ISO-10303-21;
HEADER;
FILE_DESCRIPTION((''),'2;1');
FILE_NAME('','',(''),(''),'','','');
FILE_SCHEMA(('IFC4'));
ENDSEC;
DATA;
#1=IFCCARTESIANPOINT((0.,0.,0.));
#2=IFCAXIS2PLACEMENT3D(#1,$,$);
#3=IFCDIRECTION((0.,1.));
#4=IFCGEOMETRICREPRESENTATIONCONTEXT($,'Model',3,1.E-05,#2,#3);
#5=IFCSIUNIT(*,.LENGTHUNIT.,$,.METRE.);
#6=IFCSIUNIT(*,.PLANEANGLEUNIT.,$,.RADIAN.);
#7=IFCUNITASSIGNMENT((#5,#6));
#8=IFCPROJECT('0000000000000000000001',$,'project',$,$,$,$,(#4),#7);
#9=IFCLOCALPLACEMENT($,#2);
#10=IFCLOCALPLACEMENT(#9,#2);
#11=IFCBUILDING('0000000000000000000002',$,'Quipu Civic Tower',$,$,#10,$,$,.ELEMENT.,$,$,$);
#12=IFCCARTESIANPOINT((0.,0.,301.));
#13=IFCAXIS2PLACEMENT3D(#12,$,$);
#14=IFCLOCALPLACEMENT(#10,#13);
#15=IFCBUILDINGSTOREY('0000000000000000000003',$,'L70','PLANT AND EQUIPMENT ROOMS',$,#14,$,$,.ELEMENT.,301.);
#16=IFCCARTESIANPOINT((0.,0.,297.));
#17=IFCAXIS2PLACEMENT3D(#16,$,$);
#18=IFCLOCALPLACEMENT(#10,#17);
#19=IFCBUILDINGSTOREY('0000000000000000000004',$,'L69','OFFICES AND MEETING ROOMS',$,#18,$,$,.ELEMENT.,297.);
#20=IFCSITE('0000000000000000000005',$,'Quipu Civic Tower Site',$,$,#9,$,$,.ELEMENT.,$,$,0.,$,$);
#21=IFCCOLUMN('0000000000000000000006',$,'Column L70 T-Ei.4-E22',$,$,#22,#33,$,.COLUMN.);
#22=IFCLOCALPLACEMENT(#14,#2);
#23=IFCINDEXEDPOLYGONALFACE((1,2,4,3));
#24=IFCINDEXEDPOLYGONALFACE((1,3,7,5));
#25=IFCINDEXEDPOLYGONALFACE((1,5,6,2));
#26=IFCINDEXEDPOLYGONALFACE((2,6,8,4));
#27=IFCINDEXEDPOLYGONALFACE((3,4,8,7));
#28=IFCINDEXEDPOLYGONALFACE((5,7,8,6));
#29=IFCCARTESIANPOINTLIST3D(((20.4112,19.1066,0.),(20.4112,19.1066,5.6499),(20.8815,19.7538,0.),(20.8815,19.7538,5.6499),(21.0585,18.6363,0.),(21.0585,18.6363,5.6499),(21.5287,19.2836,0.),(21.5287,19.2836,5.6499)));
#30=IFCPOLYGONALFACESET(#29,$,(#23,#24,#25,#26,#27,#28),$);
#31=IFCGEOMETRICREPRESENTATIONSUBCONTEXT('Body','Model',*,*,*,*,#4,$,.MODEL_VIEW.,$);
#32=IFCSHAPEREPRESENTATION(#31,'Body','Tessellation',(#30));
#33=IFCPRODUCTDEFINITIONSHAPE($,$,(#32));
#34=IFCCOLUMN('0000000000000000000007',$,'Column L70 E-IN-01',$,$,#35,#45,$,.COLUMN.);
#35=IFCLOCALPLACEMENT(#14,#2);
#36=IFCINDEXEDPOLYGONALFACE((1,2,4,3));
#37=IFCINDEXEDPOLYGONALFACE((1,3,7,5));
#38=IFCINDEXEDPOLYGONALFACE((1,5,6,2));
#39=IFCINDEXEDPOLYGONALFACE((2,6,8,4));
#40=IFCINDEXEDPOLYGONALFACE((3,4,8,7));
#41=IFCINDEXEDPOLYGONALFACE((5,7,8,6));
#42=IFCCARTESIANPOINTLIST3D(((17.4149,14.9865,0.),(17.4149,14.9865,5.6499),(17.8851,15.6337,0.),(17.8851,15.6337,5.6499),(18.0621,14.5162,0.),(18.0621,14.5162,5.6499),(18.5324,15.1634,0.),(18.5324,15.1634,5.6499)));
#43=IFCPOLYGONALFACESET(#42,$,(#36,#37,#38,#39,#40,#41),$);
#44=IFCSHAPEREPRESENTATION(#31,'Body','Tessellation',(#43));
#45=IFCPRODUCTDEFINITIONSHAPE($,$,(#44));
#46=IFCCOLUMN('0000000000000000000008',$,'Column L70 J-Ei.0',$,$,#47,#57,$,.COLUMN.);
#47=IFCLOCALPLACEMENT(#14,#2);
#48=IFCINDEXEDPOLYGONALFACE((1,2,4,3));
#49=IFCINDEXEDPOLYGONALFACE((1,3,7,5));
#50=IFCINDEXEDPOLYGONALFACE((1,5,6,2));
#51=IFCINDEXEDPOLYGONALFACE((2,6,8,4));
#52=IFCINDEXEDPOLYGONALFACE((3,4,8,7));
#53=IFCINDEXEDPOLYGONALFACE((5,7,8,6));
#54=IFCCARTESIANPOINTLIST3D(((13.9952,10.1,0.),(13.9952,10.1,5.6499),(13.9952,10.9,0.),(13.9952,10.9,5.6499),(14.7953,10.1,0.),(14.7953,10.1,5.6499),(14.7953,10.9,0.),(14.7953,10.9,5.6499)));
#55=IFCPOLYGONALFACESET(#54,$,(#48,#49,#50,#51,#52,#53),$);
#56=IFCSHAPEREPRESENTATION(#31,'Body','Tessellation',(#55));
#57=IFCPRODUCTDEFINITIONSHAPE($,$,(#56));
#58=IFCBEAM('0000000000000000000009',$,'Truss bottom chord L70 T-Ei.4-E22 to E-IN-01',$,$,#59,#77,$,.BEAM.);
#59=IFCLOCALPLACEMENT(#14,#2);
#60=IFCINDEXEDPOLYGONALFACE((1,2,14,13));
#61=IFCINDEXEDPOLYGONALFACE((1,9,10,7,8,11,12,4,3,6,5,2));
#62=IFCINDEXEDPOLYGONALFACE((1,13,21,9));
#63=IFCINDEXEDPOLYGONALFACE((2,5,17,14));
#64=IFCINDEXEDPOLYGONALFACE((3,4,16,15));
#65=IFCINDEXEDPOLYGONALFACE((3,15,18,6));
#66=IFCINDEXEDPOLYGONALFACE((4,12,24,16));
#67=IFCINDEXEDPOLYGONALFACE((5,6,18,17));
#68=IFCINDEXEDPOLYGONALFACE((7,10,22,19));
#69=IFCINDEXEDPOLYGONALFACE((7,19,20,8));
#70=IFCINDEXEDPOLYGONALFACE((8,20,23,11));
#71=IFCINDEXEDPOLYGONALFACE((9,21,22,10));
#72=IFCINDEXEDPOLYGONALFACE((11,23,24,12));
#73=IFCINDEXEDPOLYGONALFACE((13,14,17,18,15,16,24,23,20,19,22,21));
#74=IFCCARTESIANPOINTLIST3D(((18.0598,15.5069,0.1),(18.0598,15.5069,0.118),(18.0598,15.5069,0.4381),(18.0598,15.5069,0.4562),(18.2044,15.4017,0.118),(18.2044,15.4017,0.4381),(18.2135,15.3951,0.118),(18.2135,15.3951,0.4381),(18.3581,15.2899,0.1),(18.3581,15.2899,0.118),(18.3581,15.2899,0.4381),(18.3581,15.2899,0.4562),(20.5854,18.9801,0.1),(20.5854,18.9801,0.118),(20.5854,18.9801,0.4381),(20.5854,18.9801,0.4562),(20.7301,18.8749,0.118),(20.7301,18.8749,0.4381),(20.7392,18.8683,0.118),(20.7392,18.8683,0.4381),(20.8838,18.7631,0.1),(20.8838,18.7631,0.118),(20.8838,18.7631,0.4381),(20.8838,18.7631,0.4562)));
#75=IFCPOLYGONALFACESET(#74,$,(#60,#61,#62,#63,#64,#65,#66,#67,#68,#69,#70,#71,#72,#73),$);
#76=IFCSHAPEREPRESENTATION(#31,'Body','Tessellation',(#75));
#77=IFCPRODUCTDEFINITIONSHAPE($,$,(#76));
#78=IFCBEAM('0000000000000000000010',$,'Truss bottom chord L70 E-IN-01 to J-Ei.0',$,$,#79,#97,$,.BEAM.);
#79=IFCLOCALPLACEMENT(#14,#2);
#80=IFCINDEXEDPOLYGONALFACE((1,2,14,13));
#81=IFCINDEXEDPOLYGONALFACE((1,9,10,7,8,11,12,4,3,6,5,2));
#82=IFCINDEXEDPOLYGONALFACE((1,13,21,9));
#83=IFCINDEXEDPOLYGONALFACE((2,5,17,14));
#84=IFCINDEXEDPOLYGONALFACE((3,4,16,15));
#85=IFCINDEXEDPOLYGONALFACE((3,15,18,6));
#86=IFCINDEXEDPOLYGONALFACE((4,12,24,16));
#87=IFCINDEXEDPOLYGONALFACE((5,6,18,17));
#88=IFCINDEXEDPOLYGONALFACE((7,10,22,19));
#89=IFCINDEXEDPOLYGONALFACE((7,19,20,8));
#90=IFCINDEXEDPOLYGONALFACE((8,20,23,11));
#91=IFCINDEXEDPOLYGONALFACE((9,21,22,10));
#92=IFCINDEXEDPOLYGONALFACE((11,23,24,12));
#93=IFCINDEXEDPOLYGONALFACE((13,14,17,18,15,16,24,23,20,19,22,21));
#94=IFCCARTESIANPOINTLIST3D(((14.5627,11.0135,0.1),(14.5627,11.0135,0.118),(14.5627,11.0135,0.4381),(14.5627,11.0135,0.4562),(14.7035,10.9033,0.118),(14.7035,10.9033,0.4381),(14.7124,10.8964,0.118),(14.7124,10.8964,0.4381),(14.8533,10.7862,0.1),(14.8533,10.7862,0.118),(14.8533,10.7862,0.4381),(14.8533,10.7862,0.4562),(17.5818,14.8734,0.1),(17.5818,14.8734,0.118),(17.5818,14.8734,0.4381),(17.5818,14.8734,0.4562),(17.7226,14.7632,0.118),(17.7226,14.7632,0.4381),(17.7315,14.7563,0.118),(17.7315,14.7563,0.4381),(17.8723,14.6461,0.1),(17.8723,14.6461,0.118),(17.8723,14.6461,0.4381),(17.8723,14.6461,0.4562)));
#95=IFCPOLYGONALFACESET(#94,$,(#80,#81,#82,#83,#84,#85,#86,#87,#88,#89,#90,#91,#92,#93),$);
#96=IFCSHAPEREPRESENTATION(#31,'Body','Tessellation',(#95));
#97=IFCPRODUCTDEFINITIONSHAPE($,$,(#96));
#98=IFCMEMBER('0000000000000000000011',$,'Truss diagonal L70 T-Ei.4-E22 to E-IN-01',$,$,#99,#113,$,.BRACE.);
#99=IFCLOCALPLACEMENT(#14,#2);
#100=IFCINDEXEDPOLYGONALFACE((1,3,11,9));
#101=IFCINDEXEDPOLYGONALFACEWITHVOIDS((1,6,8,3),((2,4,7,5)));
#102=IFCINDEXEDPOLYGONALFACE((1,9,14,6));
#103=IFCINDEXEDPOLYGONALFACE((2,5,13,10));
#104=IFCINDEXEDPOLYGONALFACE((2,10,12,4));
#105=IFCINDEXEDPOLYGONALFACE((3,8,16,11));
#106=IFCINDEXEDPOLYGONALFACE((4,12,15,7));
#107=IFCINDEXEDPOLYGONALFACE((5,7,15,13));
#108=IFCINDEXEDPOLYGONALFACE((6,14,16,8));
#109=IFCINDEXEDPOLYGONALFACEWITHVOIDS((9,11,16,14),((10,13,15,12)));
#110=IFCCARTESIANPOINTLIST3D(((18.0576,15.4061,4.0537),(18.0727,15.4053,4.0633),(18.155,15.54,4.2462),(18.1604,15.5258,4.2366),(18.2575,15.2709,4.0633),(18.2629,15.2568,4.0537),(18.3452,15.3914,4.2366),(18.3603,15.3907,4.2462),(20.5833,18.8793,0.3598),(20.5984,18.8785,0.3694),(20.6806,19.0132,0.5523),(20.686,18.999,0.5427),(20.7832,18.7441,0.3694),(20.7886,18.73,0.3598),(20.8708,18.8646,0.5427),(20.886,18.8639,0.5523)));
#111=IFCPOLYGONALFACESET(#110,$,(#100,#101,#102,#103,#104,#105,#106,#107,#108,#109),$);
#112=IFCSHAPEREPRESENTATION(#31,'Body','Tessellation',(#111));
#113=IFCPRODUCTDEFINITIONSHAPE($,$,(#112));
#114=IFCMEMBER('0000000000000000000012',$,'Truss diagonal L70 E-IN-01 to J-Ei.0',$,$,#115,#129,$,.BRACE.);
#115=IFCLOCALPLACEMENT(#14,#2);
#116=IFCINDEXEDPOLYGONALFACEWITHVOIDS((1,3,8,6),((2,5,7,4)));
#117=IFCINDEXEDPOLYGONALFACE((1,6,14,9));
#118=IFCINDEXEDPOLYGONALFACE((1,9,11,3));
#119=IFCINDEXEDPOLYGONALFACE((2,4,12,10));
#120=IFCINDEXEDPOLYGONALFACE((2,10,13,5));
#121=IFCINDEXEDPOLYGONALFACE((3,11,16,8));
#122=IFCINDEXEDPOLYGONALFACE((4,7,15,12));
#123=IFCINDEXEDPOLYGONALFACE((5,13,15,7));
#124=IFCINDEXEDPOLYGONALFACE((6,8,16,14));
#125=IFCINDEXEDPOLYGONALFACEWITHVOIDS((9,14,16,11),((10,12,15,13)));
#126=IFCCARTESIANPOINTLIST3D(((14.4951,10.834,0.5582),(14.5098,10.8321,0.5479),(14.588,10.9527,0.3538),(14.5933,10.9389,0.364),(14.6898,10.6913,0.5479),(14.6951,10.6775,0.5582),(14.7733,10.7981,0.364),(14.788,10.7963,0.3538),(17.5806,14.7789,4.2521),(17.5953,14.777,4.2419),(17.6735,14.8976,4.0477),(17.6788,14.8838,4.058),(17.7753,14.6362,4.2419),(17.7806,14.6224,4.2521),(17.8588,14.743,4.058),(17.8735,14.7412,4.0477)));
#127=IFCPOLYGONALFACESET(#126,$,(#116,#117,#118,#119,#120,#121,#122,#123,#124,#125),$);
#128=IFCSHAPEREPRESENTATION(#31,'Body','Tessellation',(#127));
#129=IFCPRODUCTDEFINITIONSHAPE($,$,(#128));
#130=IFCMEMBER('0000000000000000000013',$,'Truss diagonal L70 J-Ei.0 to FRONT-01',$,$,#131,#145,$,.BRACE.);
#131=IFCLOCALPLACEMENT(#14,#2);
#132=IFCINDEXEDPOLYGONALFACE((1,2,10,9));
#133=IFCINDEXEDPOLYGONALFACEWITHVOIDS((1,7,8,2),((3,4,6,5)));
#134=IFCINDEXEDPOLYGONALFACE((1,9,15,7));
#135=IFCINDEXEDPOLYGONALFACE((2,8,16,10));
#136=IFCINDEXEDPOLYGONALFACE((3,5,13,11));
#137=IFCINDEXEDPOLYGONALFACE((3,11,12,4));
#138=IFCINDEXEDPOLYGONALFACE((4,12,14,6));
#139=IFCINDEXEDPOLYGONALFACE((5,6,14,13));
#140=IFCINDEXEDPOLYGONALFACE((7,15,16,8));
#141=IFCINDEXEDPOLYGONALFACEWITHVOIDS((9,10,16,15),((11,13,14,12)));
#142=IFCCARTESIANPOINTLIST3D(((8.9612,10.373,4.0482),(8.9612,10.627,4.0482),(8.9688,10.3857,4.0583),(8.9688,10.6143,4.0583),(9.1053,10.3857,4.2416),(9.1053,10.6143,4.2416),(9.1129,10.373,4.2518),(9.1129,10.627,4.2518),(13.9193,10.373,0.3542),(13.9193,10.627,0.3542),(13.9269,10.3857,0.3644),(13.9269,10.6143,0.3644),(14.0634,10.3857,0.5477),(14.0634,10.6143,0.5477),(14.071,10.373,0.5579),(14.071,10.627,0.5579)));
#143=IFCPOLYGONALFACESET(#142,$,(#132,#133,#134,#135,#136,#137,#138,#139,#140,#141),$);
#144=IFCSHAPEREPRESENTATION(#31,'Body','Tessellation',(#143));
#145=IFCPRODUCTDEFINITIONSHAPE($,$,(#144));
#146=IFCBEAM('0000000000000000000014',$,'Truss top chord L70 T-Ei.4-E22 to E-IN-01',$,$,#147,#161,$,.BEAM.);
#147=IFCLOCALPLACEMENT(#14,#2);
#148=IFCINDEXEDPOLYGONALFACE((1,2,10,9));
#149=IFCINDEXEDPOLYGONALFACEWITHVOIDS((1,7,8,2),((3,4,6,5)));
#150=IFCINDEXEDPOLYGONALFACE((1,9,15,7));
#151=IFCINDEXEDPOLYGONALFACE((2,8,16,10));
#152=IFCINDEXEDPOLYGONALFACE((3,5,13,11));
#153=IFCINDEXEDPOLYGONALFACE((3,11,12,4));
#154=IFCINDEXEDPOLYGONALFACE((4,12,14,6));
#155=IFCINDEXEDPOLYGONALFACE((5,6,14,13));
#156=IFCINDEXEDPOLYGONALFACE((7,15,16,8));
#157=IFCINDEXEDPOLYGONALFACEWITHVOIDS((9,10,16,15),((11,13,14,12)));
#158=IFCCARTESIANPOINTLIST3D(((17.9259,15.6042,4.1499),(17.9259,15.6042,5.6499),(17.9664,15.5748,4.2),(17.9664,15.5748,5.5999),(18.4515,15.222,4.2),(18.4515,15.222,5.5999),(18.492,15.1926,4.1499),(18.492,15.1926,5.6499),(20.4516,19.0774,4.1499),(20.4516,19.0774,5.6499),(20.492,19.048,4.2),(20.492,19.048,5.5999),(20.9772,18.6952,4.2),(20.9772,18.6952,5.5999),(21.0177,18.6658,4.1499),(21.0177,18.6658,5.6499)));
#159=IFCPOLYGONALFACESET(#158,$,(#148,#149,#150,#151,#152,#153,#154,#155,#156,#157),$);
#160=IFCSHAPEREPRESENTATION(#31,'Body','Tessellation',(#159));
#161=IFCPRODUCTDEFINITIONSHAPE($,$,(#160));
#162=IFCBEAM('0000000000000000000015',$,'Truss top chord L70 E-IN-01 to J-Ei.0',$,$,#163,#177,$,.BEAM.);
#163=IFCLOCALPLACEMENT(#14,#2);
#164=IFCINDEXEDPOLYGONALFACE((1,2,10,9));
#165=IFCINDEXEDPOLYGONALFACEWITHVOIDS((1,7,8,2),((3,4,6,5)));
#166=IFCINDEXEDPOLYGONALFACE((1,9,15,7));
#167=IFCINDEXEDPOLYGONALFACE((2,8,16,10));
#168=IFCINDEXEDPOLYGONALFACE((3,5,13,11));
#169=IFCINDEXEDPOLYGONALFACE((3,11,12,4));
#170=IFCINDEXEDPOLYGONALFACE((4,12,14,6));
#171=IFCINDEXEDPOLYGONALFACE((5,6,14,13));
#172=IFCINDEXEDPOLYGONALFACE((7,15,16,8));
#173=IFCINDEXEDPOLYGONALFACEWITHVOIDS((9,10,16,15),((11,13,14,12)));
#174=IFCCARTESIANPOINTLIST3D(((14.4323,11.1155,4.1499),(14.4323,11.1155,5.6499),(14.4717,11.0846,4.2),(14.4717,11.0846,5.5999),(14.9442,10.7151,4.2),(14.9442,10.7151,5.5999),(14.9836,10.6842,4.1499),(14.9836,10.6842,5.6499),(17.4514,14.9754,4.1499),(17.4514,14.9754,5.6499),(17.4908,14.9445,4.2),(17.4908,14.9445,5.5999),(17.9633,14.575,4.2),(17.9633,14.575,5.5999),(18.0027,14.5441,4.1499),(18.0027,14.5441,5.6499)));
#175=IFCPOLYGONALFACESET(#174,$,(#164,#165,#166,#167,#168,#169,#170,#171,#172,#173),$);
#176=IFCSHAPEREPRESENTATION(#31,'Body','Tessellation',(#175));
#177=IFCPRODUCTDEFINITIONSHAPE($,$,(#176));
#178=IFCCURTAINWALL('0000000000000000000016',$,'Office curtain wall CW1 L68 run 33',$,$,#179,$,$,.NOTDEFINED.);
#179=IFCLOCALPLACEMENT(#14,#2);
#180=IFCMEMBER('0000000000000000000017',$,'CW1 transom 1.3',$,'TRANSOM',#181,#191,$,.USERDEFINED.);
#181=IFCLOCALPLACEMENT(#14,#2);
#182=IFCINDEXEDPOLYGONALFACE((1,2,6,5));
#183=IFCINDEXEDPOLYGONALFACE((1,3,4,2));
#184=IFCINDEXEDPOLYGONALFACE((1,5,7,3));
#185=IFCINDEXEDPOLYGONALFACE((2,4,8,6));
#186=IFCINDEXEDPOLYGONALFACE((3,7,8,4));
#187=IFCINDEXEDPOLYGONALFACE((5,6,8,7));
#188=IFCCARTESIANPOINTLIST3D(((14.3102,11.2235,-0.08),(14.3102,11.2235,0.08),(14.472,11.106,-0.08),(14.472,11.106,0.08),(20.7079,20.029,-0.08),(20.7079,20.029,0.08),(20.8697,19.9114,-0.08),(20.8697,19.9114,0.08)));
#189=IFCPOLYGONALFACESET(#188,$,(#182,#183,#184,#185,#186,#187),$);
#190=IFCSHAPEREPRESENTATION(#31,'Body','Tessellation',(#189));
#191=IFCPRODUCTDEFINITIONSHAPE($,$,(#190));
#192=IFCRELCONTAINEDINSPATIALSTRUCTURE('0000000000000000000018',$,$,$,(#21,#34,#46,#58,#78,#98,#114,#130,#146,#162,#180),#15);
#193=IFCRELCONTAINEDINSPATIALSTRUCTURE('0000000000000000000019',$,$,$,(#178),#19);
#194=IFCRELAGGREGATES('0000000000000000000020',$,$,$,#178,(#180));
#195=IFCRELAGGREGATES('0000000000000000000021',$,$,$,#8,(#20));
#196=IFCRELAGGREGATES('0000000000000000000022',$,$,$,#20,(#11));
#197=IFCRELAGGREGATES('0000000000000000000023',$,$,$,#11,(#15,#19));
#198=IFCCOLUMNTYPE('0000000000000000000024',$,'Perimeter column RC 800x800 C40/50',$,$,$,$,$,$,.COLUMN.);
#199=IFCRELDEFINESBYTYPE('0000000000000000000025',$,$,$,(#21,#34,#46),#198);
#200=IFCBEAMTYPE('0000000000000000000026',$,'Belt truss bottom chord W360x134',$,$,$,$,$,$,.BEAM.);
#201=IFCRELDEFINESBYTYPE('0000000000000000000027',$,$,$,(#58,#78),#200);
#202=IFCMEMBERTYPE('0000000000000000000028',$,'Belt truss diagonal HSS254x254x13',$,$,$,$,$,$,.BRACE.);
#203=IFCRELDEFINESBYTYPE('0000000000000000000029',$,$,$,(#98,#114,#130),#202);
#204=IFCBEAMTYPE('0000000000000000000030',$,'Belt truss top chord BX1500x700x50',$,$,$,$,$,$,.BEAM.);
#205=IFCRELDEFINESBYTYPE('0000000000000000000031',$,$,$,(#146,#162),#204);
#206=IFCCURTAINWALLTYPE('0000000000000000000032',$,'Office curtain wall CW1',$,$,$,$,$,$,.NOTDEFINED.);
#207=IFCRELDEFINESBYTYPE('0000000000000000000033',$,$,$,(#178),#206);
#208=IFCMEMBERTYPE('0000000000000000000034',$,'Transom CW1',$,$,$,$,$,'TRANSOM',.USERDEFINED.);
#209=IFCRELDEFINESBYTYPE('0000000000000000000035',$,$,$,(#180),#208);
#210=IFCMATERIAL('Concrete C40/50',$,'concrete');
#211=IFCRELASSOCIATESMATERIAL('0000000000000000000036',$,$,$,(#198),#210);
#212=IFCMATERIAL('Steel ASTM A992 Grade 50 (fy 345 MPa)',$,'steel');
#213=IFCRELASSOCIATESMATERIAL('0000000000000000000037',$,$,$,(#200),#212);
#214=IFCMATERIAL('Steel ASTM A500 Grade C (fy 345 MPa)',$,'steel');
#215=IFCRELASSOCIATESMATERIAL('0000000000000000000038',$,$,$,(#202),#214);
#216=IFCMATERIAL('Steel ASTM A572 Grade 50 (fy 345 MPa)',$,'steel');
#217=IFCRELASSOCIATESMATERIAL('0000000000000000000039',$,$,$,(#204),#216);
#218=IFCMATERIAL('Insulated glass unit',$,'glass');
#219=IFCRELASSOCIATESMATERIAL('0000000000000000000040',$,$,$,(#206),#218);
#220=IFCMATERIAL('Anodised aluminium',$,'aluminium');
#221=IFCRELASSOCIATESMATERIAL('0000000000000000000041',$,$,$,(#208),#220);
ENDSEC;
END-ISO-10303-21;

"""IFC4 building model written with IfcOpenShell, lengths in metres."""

from ifc_helpers import new_model, si_unit, direction, frame, origin, origin_2d, place, context, subcontext, project, spatial, rectangle, hollow_rectangle, i_section, extrude, material, material_profile, profile_set, type_object, element, aggregate, save


model = new_model("IFC4")

# Units and contexts
model_context = context("Model", 3, precision=1e-05, world=origin(), true_north=direction((0.0, 1.0)))
body_context = subcontext(model_context, "Body", "Model", "MODEL_VIEW")
ifc_project = project(units=[si_unit("LENGTHUNIT", "METRE"), si_unit("PLANEANGLEUNIT", "RADIAN")], contexts=[model_context])

# Site, building, storey
site_placement = place(None, origin())
site = spatial("IfcSite", under=ifc_project, at=site_placement, Name="Quipu Civic Tower Site", CompositionType="ELEMENT", RefElevation=0.0)
building_placement = place(site_placement, origin())
building = spatial("IfcBuilding", under=site, at=building_placement, Name="Quipu Civic Tower", CompositionType="ELEMENT")
storey_1_placement = place(building_placement, frame((0.0, 0.0, 301.0)))
storey_1 = spatial("IfcBuildingStorey", under=building, at=storey_1_placement, Name="L70", Description="PLANT AND EQUIPMENT ROOMS", CompositionType="ELEMENT", Elevation=301.0)

# Columns
ifc_material_1 = material(Name="Concrete C40/50", Category="concrete")
ifc_material_profile_1 = material_profile(ifc_material_1, rectangle(XDim=0.8, YDim=0.8, at=origin_2d()), Name="RC800x800")
ifc_profile_set_1 = profile_set([ifc_material_profile_1], Name="Concrete C40/50")
column_type = type_object("IfcColumnType", Name="Perimeter column RC 800x800 C40/50", PredefinedType="COLUMN", material=ifc_profile_set_1)
for number, where, z_axis, x_axis, name in (
    (1, (20.97, 19.1951, 0.0), (0.0, 0.0, 1.0), (-0.587785, -0.809017, 0.0), "Column L70 T-Ei.4-E22"),
    (2, (17.9736, 15.075, 0.0), (0.0, 0.0, 1.0), (-0.587785, -0.809017, 0.0), "Column L70 E-IN-01"),
    (3, (14.3953, 10.5, 0.0), (0.0, 0.0, 1.0), (-1.0, 0.0, 0.0), "Column L70 J-Ei.0"),
):
    element("IfcColumn", number, at=place(storey_1_placement, frame(where, z_axis=z_axis, x_axis=x_axis)), inside=storey_1, type_object=column_type, Name=name, PredefinedType="COLUMN", context=body_context, shape_type="SweptSolid", body=[
        extrude(rectangle(XDim=0.8, YDim=0.8, at=origin_2d()), origin(), (0.0, 0.0, 1.0), 5.6499),
    ])

# Beams
ifc_material_2 = material(Name="Steel ASTM A992 Grade 50 (fy 345 MPa)", Category="steel")
ifc_material_profile_2 = material_profile(ifc_material_2, i_section(OverallWidth=0.3689, OverallDepth=0.3562, WebThickness=0.0112, FlangeThickness=0.0181, at=origin_2d()), Name="W360x134")
ifc_profile_set_2 = profile_set([ifc_material_profile_2], Name="Steel ASTM A992 Grade 50 (fy 345 MPa)")
beam_type_1 = type_object("IfcBeamType", Name="Belt truss bottom chord W360x134", PredefinedType="BEAM", material=ifc_profile_set_2)
beam_1_placement = place(storey_1_placement, frame((20.7346, 18.8716, 0.2781), z_axis=(-0.588128, -0.808768, 0.0), x_axis=(0.808768, -0.588128, 0.0)))
element("IfcBeam", 4, at=beam_1_placement, inside=storey_1, type_object=beam_type_1, Name="Truss bottom chord L70 T-Ei.4-E22 to E-IN-01", PredefinedType="BEAM", context=body_context, shape_type="SweptSolid", body=[
    extrude(i_section(OverallWidth=0.3689, OverallDepth=0.3562, WebThickness=0.0112, FlangeThickness=0.0181, at=origin_2d()), origin(), (0.0, 0.0, 1.0), 4.2944),
])
beam_2_placement = place(storey_1_placement, frame((17.7271, 14.7598, 0.2781), z_axis=(-0.616091, -0.787675, 0.0), x_axis=(0.787675, -0.616091, 0.0)))
element("IfcBeam", 5, at=beam_2_placement, inside=storey_1, type_object=beam_type_1, Name="Truss bottom chord L70 E-IN-01 to J-Ei.0", PredefinedType="BEAM", context=body_context, shape_type="SweptSolid", body=[
    extrude(i_section(OverallWidth=0.3689, OverallDepth=0.3562, WebThickness=0.0112, FlangeThickness=0.0181, at=origin_2d()), origin(), (0.0, 0.0, 1.0), 4.9004),
])

# Members
ifc_material_3 = material(Name="Steel ASTM A500 Grade C (fy 345 MPa)", Category="steel")
ifc_material_profile_3 = material_profile(ifc_material_3, hollow_rectangle(XDim=0.2539, YDim=0.2539, WallThickness=0.0127, at=origin_2d()), Name="HSS254x254x13")
ifc_profile_set_3 = profile_set([ifc_material_profile_3], Name="Steel ASTM A500 Grade C (fy 345 MPa)")
member_type_1 = type_object("IfcMemberType", Name="Belt truss diagonal HSS254x254x13", PredefinedType="BRACE", material=ifc_profile_set_3)
member_1_placement = place(storey_1_placement, frame((20.7346, 18.8716, 0.4561), z_axis=(-0.445874, -0.613147, 0.65211), x_axis=(0.808768, -0.588128, 0.0)))
element("IfcMember", 6, at=member_1_placement, inside=storey_1, type_object=member_type_1, Name="Truss diagonal L70 T-Ei.4-E22 to E-IN-01", PredefinedType="BRACE", context=body_context, shape_type="SweptSolid", body=[
    extrude(hollow_rectangle(XDim=0.2539, YDim=0.2539, WallThickness=0.0127, at=origin_2d()), origin(), (0.0, 0.0, 1.0), 5.6646),
])
member_2_placement = place(storey_1_placement, frame((17.7271, 14.76, 4.1499), z_axis=(-0.495811, -0.633907, -0.593577), x_axis=(0.78768, -0.616085, 0.0)))
element("IfcMember", 7, at=member_2_placement, inside=storey_1, type_object=member_type_1, Name="Truss diagonal L70 E-IN-01 to J-Ei.0", PredefinedType="BRACE", context=body_context, shape_type="SweptSolid", body=[
    extrude(hollow_rectangle(XDim=0.2539, YDim=0.2539, WallThickness=0.0127, at=origin_2d()), origin(), (0.0, 0.0, 1.0), 6.2231),
])
member_3_placement = place(storey_1_placement, frame((13.9951, 10.5, 0.4561), z_axis=(-0.80191, 0.0, 0.597444), x_axis=(0.0, -1.0, 0.0)))
element("IfcMember", 8, at=member_3_placement, inside=storey_1, type_object=member_type_1, Name="Truss diagonal L70 J-Ei.0 to FRONT-01", PredefinedType="BRACE", context=body_context, shape_type="SweptSolid", body=[
    extrude(hollow_rectangle(XDim=0.2539, YDim=0.2539, WallThickness=0.0127, at=origin_2d()), origin(), (0.0, 0.0, 1.0), 6.1829),
])

# Beams
ifc_material_4 = material(Name="Steel ASTM A572 Grade 50 (fy 345 MPa)", Category="steel")
ifc_material_profile_4 = material_profile(ifc_material_4, hollow_rectangle(XDim=0.7, YDim=1.5, WallThickness=0.05, at=origin_2d()), Name="BX1500x700x50")
ifc_profile_set_4 = profile_set([ifc_material_profile_4], Name="Steel ASTM A572 Grade 50 (fy 345 MPa)")
beam_type_2 = type_object("IfcBeamType", Name="Belt truss top chord BX1500x700x50", PredefinedType="BEAM", material=ifc_profile_set_4)
beam_3_placement = place(storey_1_placement, frame((20.7346, 18.8716, 4.8999), z_axis=(-0.588128, -0.808768, 0.0), x_axis=(0.808768, -0.588128, 0.0)))
element("IfcBeam", 9, at=beam_3_placement, inside=storey_1, type_object=beam_type_2, Name="Truss top chord L70 T-Ei.4-E22 to E-IN-01", PredefinedType="BEAM", context=body_context, shape_type="SweptSolid", body=[
    extrude(hollow_rectangle(XDim=0.7, YDim=1.5, WallThickness=0.05, at=origin_2d()), origin(), (0.0, 0.0, 1.0), 4.2944),
])
beam_4_placement = place(storey_1_placement, frame((17.7271, 14.7598, 4.8999), z_axis=(-0.616091, -0.787675, 0.0), x_axis=(0.787675, -0.616091, 0.0)))
element("IfcBeam", 10, at=beam_4_placement, inside=storey_1, type_object=beam_type_2, Name="Truss top chord L70 E-IN-01 to J-Ei.0", PredefinedType="BEAM", context=body_context, shape_type="SweptSolid", body=[
    extrude(hollow_rectangle(XDim=0.7, YDim=1.5, WallThickness=0.05, at=origin_2d()), origin(), (0.0, 0.0, 1.0), 4.9004),
])

# Shared definitions
storey_2_placement = place(building_placement, frame((0.0, 0.0, 297.0)))
storey_2 = spatial("IfcBuildingStorey", under=building, at=storey_2_placement, Name="L69", Description="OFFICES AND MEETING ROOMS", CompositionType="ELEMENT", Elevation=297.0)

# Curtain wall, member
ifc_material_5 = material(Name="Insulated glass unit", Category="glass")
curtain_wall_type = type_object("IfcCurtainWallType", Name="Office curtain wall CW1", PredefinedType="NOTDEFINED", material=ifc_material_5)
curtain_wall_1_placement = place(storey_2_placement, origin())
curtain_wall_1 = element("IfcCurtainWall", 11, at=curtain_wall_1_placement, inside=storey_2, type_object=curtain_wall_type, Name="Office curtain wall CW1 L68 run 33", PredefinedType="NOTDEFINED")
ifc_material_6 = material(Name="Anodised aluminium", Category="aluminium")
ifc_material_profile_5 = material_profile(ifc_material_6, rectangle(XDim=0.2, YDim=0.1599, at=origin_2d()), Name="RECT 200x160")
ifc_profile_set_5 = profile_set([ifc_material_profile_5], Name="Anodised aluminium")
member_type_2 = type_object("IfcMemberType", Name="Transom CW1", ElementType="TRANSOM", PredefinedType="USERDEFINED", material=ifc_profile_set_5)
member_4_placement = place(storey_1_placement, frame((20.7888, 19.9702, 0.0), z_axis=(-0.587797, -0.809009, 0.0), x_axis=(0.809009, -0.587797, 0.0)))
member_4 = element("IfcMember", 12, at=member_4_placement, inside=storey_1, type_object=member_type_2, Name="CW1 transom 1.3", ObjectType="TRANSOM", PredefinedType="USERDEFINED", context=body_context, shape_type="SweptSolid", body=[
    extrude(rectangle(XDim=0.2, YDim=0.1599, at=origin_2d()), origin(), (0.0, 0.0, 1.0), 10.8843),
])
aggregate(curtain_wall_1, [member_4])

save(model, "model.ifc")
